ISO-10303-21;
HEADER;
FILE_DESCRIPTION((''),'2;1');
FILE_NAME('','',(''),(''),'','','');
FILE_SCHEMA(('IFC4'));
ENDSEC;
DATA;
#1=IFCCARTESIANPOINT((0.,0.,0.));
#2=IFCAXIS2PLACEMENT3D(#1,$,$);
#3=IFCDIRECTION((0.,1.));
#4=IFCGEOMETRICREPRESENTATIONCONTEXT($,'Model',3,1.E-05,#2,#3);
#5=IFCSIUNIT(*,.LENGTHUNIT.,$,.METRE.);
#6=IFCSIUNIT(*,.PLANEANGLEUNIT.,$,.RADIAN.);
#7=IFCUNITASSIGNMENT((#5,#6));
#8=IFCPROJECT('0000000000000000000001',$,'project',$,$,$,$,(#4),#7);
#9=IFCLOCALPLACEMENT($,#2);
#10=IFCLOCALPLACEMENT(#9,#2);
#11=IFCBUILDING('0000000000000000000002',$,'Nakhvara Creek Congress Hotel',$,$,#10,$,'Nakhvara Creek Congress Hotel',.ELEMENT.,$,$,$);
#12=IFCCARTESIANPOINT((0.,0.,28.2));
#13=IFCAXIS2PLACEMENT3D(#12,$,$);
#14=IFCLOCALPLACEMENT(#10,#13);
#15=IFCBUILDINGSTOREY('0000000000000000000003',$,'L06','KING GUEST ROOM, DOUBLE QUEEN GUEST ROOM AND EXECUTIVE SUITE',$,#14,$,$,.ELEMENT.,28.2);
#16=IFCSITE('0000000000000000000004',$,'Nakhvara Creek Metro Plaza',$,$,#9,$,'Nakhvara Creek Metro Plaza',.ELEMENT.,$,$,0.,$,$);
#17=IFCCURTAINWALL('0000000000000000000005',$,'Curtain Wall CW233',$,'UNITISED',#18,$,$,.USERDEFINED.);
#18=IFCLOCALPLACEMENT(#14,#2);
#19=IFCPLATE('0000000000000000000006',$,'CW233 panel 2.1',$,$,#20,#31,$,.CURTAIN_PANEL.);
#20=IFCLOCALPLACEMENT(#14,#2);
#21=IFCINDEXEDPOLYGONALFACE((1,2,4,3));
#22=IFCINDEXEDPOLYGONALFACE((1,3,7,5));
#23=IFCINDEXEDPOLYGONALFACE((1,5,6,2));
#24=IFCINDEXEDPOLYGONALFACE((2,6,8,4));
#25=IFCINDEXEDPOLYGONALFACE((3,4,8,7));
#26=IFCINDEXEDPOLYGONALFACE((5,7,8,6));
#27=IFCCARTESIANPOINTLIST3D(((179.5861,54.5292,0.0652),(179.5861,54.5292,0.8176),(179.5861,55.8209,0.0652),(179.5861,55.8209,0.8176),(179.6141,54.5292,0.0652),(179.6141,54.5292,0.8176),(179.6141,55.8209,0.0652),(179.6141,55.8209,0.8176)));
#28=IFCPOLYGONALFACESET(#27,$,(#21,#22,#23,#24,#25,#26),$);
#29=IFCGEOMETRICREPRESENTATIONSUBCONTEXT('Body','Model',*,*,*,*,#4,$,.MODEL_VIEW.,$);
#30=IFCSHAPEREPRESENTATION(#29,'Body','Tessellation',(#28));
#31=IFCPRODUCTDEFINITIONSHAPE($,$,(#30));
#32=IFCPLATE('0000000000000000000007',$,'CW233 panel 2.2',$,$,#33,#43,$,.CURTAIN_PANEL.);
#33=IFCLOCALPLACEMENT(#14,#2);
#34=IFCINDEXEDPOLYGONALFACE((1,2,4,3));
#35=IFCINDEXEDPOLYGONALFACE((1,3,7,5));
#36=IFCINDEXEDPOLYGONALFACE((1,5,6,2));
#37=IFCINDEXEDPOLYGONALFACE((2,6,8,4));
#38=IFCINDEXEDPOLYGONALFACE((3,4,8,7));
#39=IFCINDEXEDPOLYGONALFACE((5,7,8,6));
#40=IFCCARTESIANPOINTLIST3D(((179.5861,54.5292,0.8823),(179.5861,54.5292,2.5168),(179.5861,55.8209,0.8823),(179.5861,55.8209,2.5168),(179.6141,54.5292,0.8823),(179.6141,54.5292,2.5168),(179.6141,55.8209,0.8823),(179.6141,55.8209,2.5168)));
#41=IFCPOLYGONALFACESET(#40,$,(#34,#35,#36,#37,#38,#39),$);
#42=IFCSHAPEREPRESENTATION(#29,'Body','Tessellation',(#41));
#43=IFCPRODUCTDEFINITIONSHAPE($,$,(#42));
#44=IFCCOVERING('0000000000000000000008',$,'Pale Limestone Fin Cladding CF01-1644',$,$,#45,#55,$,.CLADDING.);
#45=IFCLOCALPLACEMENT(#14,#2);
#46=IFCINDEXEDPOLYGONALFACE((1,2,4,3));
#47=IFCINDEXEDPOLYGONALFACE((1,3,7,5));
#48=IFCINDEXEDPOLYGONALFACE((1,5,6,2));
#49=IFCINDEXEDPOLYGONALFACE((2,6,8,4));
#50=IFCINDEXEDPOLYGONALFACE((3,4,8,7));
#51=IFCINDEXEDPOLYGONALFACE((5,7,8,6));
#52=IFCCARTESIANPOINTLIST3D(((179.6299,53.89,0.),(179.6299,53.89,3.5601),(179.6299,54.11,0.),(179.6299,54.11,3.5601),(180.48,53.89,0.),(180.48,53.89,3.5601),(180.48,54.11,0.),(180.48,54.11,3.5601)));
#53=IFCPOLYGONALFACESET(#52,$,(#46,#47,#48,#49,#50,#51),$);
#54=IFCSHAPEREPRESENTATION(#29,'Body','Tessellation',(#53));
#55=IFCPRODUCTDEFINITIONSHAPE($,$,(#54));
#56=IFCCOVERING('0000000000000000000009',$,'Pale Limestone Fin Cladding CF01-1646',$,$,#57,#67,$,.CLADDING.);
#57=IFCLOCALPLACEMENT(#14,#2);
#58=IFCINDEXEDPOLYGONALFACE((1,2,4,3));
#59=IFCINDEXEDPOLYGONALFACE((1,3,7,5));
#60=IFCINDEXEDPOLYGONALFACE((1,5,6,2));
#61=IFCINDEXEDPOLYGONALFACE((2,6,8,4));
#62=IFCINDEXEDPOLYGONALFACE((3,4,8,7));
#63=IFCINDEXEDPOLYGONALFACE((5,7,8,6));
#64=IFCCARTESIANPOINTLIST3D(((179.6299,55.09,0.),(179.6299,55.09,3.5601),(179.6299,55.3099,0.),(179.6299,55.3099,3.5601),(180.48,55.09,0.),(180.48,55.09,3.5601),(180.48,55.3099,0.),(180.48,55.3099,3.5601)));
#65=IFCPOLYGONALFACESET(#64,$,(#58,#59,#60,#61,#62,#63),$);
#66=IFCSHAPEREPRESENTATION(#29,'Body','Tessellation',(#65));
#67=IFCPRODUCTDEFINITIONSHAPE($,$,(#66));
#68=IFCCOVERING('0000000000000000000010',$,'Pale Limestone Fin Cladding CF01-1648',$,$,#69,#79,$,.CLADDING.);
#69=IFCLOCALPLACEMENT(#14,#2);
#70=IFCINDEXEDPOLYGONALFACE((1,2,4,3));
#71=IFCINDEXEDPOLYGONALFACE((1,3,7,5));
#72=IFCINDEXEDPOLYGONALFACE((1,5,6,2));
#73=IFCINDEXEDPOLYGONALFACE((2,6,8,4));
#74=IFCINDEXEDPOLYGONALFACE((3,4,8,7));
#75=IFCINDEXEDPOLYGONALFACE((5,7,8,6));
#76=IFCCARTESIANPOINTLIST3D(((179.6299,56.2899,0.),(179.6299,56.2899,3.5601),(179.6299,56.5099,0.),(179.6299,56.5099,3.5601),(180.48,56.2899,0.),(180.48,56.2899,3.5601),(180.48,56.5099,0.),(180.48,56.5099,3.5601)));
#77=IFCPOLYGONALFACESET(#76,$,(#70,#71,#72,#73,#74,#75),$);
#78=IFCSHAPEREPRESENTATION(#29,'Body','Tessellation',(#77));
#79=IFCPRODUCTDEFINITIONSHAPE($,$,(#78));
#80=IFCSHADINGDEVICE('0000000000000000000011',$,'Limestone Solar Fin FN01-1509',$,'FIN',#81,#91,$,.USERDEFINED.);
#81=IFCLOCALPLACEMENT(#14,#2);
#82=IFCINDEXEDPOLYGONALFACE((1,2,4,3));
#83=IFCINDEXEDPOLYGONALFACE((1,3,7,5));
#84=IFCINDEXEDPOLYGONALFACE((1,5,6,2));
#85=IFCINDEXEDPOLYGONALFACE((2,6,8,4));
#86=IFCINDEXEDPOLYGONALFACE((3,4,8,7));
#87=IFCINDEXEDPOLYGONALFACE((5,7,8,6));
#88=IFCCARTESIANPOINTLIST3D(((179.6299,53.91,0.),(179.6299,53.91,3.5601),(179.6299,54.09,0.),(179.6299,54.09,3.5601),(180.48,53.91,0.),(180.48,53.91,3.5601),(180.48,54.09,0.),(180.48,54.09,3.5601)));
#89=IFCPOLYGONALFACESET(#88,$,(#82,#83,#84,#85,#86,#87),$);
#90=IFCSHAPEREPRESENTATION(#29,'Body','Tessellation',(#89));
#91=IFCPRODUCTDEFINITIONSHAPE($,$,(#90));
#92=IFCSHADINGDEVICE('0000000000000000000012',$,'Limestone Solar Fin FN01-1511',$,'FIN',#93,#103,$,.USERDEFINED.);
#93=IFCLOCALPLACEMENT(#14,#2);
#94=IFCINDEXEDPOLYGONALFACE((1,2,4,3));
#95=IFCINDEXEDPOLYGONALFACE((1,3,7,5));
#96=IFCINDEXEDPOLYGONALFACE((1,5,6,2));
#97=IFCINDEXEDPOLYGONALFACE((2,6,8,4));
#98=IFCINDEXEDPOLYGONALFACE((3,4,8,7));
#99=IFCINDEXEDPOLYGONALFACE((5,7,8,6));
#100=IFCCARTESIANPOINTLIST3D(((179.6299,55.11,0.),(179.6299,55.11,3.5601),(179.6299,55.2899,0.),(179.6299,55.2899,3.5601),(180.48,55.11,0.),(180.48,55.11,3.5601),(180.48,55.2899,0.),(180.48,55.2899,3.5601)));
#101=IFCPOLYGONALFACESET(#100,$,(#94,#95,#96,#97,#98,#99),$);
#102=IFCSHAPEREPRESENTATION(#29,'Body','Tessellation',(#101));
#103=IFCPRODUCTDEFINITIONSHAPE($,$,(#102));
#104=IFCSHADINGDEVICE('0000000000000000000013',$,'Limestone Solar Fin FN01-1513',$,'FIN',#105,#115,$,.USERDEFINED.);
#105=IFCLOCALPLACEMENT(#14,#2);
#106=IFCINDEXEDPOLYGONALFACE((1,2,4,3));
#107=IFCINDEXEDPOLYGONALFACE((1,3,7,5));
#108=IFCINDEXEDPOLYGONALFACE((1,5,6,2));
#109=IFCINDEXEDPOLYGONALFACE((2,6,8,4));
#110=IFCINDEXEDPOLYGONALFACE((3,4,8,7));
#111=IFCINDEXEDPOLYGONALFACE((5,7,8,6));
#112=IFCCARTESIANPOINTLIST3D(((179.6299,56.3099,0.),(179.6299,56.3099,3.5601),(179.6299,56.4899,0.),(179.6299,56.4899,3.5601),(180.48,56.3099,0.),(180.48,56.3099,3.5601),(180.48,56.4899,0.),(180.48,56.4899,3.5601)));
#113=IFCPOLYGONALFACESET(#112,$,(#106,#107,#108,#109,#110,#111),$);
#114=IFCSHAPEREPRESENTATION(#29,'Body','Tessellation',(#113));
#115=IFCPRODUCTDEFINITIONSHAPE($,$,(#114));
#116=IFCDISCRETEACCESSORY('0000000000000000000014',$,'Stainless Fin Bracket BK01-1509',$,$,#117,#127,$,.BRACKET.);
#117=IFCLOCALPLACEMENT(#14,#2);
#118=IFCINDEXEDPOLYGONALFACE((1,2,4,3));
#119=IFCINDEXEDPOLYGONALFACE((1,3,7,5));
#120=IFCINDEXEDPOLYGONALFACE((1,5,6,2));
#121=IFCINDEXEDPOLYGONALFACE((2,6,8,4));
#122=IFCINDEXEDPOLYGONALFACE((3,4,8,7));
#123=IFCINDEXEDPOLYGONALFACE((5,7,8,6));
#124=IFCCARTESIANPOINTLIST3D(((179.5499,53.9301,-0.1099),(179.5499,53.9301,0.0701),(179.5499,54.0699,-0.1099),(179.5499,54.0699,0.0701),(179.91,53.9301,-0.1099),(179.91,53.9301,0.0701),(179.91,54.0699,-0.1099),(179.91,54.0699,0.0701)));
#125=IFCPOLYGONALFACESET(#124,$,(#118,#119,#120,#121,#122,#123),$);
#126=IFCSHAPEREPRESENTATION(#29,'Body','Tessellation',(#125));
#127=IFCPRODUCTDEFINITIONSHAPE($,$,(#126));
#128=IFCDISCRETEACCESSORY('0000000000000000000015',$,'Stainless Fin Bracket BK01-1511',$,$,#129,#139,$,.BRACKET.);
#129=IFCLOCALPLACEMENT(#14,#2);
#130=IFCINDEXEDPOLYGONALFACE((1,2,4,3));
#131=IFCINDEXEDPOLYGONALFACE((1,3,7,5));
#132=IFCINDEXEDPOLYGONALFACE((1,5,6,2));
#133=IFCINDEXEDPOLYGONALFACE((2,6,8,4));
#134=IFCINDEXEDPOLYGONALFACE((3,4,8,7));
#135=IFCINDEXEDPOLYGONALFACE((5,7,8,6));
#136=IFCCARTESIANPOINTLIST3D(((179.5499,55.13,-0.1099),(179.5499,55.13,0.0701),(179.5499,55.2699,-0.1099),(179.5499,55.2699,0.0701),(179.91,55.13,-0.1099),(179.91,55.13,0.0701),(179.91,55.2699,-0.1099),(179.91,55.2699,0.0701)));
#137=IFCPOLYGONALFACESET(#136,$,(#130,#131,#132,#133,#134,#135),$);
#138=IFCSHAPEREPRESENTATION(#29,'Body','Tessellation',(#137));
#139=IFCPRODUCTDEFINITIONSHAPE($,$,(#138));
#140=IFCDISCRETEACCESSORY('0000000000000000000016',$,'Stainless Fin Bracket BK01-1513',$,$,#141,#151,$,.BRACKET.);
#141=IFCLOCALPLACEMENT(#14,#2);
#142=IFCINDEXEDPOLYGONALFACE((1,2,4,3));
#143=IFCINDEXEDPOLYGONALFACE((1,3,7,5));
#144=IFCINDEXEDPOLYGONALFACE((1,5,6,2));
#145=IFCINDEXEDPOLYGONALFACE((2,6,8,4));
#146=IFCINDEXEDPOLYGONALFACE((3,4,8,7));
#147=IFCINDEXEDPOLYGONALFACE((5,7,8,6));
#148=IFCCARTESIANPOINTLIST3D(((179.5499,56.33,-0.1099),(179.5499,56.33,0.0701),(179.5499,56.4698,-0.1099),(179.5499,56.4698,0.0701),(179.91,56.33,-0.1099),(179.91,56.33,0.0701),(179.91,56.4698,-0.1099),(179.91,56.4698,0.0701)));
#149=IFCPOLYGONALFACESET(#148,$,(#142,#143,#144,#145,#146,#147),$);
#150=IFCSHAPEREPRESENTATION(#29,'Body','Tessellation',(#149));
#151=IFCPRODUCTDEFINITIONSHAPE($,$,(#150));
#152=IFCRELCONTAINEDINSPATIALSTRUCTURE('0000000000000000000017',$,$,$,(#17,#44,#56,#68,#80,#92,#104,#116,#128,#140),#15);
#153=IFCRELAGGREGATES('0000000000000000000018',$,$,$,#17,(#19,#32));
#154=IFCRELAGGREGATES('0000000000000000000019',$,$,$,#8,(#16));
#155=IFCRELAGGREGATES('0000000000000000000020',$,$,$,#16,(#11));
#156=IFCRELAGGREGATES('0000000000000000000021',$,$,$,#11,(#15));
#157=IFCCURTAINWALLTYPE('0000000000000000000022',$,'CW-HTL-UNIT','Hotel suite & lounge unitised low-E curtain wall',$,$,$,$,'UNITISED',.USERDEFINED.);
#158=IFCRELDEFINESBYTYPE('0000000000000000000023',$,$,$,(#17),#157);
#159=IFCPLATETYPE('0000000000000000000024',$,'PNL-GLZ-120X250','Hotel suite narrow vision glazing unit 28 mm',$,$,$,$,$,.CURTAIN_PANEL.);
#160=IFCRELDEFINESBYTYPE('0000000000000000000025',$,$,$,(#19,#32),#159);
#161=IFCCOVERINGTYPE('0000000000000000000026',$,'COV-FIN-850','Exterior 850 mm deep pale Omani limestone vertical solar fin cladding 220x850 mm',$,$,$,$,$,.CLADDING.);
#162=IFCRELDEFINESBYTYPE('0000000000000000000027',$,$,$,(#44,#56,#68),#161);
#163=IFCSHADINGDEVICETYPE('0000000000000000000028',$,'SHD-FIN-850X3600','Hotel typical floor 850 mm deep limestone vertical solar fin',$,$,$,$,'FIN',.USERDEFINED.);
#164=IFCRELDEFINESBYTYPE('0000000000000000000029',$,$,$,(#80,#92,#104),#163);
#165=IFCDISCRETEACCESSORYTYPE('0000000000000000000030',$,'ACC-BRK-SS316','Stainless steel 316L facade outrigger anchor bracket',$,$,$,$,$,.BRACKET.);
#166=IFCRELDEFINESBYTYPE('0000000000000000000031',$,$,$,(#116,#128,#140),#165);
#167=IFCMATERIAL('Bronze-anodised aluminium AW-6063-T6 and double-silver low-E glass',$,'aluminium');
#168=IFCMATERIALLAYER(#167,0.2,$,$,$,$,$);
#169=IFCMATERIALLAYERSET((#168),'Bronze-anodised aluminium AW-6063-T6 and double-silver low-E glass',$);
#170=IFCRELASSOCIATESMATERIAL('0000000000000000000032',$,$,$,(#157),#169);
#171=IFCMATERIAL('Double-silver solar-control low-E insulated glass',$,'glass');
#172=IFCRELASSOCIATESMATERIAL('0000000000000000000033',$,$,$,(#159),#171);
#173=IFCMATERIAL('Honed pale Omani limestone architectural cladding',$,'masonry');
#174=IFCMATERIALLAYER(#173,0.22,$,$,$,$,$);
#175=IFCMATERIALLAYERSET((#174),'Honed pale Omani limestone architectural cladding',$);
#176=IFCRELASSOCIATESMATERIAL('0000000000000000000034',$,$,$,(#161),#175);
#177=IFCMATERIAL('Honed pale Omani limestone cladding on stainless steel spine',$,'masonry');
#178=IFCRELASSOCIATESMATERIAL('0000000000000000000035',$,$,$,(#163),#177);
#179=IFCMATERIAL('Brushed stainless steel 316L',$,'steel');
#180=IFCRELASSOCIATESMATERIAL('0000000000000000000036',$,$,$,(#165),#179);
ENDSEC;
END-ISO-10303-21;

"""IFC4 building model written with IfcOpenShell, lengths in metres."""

from ifc_helpers import new_model, si_unit, direction, frame, origin, origin_2d, place, context, subcontext, project, spatial, rectangle, extrude, material, layer, layer_set, type_object, element, aggregate, save


model = new_model("IFC4")

# Units and contexts
model_context = context("Model", 3, precision=1e-05, world=origin(), true_north=direction((0.0, 1.0)))
body_context = subcontext(model_context, "Body", "Model", "MODEL_VIEW")
ifc_project = project(units=[si_unit("LENGTHUNIT", "METRE"), si_unit("PLANEANGLEUNIT", "RADIAN")], contexts=[model_context])

# Site, building, storey
site_placement = place(None, origin())
site = spatial("IfcSite", under=ifc_project, at=site_placement, Name="Nakhvara Creek Metro Plaza", LongName="Nakhvara Creek Metro Plaza", CompositionType="ELEMENT", RefElevation=0.0)
building_placement = place(site_placement, origin())
building = spatial("IfcBuilding", under=site, at=building_placement, Name="Nakhvara Creek Congress Hotel", LongName="Nakhvara Creek Congress Hotel", CompositionType="ELEMENT")
storey_placement = place(building_placement, frame((0.0, 0.0, 28.2)))
storey = spatial("IfcBuildingStorey", under=building, at=storey_placement, Name="L06", Description="KING GUEST ROOM, DOUBLE QUEEN GUEST ROOM AND EXECUTIVE SUITE", CompositionType="ELEMENT", Elevation=28.2)

# Curtain wall, plates
ifc_material_1 = material(Name="Bronze-anodised aluminium AW-6063-T6 and double-silver low-E glass", Category="aluminium")
ifc_layer_1 = layer(ifc_material_1, 0.2)
ifc_layer_set_1 = layer_set([ifc_layer_1], Name="Bronze-anodised aluminium AW-6063-T6 and double-silver low-E glass")
curtain_wall_type = type_object("IfcCurtainWallType", Name="CW-HTL-UNIT", Description="Hotel suite & lounge unitised low-E curtain wall", ElementType="UNITISED", PredefinedType="USERDEFINED", material=ifc_layer_set_1)
curtain_wall_placement = place(storey_placement, origin())
curtain_wall = element("IfcCurtainWall", 1, at=curtain_wall_placement, inside=storey, type_object=curtain_wall_type, Name="Curtain Wall CW233", ObjectType="UNITISED", PredefinedType="USERDEFINED")
ifc_material_2 = material(Name="Double-silver solar-control low-E insulated glass", Category="glass")
plate_type = type_object("IfcPlateType", Name="PNL-GLZ-120X250", Description="Hotel suite narrow vision glazing unit 28 mm", PredefinedType="CURTAIN_PANEL", material=ifc_material_2)
plate_1_placement = place(storey_placement, frame((179.6001, 55.175, 0.0652), z_axis=(0.0, 0.0, 1.0), x_axis=(0.0, -1.0, 0.0)))
plate_1 = element("IfcPlate", 2, at=plate_1_placement, type_object=plate_type, Name="CW233 panel 2.1", PredefinedType="CURTAIN_PANEL", context=body_context, shape_type="SweptSolid", body=[
    extrude(rectangle(XDim=1.2917, YDim=0.0281, at=origin_2d()), origin(), (0.0, 0.0, 1.0), 0.7524),
])
plate_2_placement = place(storey_placement, frame((179.6001, 55.175, 0.8823), z_axis=(0.0, 0.0, 1.0), x_axis=(0.0, -1.0, 0.0)))
plate_2 = element("IfcPlate", 3, at=plate_2_placement, type_object=plate_type, Name="CW233 panel 2.2", PredefinedType="CURTAIN_PANEL", context=body_context, shape_type="SweptSolid", body=[
    extrude(rectangle(XDim=1.2917, YDim=0.0281, at=origin_2d()), origin(), (0.0, 0.0, 1.0), 1.6345),
])
aggregate(curtain_wall, [plate_1, plate_2])

# Coverings
ifc_material_3 = material(Name="Honed pale Omani limestone architectural cladding", Category="masonry")
ifc_layer_2 = layer(ifc_material_3, 0.22)
ifc_layer_set_2 = layer_set([ifc_layer_2], Name="Honed pale Omani limestone architectural cladding")
covering_type = type_object("IfcCoveringType", Name="COV-FIN-850", Description="Exterior 850 mm deep pale Omani limestone vertical solar fin cladding 220x850 mm", PredefinedType="CLADDING", material=ifc_layer_set_2)
for number, where, z_axis, x_axis, name in (
    (4, (180.0549, 54.0, 0.0), (0.0, 0.0, 1.0), (0.0, 1.0, 0.0), "Pale Limestone Fin Cladding CF01-1644"),
    (5, (180.0549, 55.2, 0.0), (0.0, 0.0, 1.0), (0.0, 1.0, 0.0), "Pale Limestone Fin Cladding CF01-1646"),
    (6, (180.0549, 56.3999, 0.0), (0.0, 0.0, 1.0), (0.0, 1.0, 0.0), "Pale Limestone Fin Cladding CF01-1648"),
):
    element("IfcCovering", number, at=place(storey_placement, frame(where, z_axis=z_axis, x_axis=x_axis)), inside=storey, type_object=covering_type, Name=name, PredefinedType="CLADDING", context=body_context, shape_type="SweptSolid", body=[
        extrude(rectangle(XDim=0.22, YDim=0.8501, at=origin_2d()), origin(), (0.0, 0.0, 1.0), 3.5601),
    ])

# Shading devices
ifc_material_4 = material(Name="Honed pale Omani limestone cladding on stainless steel spine", Category="masonry")
shading_device_type = type_object("IfcShadingDeviceType", Name="SHD-FIN-850X3600", Description="Hotel typical floor 850 mm deep limestone vertical solar fin", ElementType="FIN", PredefinedType="USERDEFINED", material=ifc_material_4)
for number, where, z_axis, x_axis, name in (
    (7, (180.0549, 54.0, 0.0), (0.0, 0.0, 1.0), (0.0, 1.0, 0.0), "Limestone Solar Fin FN01-1509"),
    (8, (180.0549, 55.2, 0.0), (0.0, 0.0, 1.0), (0.0, 1.0, 0.0), "Limestone Solar Fin FN01-1511"),
    (9, (180.0549, 56.3999, 0.0), (0.0, 0.0, 1.0), (0.0, 1.0, 0.0), "Limestone Solar Fin FN01-1513"),
):
    element("IfcShadingDevice", number, at=place(storey_placement, frame(where, z_axis=z_axis, x_axis=x_axis)), inside=storey, type_object=shading_device_type, Name=name, ObjectType="FIN", PredefinedType="USERDEFINED", context=body_context, shape_type="SweptSolid", body=[
        extrude(rectangle(XDim=0.1799, YDim=0.8501, at=origin_2d()), origin(), (0.0, 0.0, 1.0), 3.5601),
    ])

# Discrete accessories
ifc_material_5 = material(Name="Brushed stainless steel 316L", Category="steel")
discrete_accessory_type = type_object("IfcDiscreteAccessoryType", Name="ACC-BRK-SS316", Description="Stainless steel 316L facade outrigger anchor bracket", PredefinedType="BRACKET", material=ifc_material_5)
for number, where, z_axis, x_axis, name in (
    (10, (179.73, 54.0, -0.1099), (0.0, 0.0, 1.0), (0.0, 1.0, 0.0), "Stainless Fin Bracket BK01-1509"),
    (11, (179.73, 55.2, -0.1099), (0.0, 0.0, 1.0), (0.0, 1.0, 0.0), "Stainless Fin Bracket BK01-1511"),
    (12, (179.73, 56.3999, -0.1099), (0.0, 0.0, 1.0), (0.0, 1.0, 0.0), "Stainless Fin Bracket BK01-1513"),
):
    element("IfcDiscreteAccessory", number, at=place(storey_placement, frame(where, z_axis=z_axis, x_axis=x_axis)), inside=storey, type_object=discrete_accessory_type, Name=name, PredefinedType="BRACKET", context=body_context, shape_type="SweptSolid", body=[
        extrude(rectangle(XDim=0.1399, YDim=0.3601, at=origin_2d()), origin(), (0.0, 0.0, 1.0), 0.1799),
    ])

save(model, "model.ifc")
